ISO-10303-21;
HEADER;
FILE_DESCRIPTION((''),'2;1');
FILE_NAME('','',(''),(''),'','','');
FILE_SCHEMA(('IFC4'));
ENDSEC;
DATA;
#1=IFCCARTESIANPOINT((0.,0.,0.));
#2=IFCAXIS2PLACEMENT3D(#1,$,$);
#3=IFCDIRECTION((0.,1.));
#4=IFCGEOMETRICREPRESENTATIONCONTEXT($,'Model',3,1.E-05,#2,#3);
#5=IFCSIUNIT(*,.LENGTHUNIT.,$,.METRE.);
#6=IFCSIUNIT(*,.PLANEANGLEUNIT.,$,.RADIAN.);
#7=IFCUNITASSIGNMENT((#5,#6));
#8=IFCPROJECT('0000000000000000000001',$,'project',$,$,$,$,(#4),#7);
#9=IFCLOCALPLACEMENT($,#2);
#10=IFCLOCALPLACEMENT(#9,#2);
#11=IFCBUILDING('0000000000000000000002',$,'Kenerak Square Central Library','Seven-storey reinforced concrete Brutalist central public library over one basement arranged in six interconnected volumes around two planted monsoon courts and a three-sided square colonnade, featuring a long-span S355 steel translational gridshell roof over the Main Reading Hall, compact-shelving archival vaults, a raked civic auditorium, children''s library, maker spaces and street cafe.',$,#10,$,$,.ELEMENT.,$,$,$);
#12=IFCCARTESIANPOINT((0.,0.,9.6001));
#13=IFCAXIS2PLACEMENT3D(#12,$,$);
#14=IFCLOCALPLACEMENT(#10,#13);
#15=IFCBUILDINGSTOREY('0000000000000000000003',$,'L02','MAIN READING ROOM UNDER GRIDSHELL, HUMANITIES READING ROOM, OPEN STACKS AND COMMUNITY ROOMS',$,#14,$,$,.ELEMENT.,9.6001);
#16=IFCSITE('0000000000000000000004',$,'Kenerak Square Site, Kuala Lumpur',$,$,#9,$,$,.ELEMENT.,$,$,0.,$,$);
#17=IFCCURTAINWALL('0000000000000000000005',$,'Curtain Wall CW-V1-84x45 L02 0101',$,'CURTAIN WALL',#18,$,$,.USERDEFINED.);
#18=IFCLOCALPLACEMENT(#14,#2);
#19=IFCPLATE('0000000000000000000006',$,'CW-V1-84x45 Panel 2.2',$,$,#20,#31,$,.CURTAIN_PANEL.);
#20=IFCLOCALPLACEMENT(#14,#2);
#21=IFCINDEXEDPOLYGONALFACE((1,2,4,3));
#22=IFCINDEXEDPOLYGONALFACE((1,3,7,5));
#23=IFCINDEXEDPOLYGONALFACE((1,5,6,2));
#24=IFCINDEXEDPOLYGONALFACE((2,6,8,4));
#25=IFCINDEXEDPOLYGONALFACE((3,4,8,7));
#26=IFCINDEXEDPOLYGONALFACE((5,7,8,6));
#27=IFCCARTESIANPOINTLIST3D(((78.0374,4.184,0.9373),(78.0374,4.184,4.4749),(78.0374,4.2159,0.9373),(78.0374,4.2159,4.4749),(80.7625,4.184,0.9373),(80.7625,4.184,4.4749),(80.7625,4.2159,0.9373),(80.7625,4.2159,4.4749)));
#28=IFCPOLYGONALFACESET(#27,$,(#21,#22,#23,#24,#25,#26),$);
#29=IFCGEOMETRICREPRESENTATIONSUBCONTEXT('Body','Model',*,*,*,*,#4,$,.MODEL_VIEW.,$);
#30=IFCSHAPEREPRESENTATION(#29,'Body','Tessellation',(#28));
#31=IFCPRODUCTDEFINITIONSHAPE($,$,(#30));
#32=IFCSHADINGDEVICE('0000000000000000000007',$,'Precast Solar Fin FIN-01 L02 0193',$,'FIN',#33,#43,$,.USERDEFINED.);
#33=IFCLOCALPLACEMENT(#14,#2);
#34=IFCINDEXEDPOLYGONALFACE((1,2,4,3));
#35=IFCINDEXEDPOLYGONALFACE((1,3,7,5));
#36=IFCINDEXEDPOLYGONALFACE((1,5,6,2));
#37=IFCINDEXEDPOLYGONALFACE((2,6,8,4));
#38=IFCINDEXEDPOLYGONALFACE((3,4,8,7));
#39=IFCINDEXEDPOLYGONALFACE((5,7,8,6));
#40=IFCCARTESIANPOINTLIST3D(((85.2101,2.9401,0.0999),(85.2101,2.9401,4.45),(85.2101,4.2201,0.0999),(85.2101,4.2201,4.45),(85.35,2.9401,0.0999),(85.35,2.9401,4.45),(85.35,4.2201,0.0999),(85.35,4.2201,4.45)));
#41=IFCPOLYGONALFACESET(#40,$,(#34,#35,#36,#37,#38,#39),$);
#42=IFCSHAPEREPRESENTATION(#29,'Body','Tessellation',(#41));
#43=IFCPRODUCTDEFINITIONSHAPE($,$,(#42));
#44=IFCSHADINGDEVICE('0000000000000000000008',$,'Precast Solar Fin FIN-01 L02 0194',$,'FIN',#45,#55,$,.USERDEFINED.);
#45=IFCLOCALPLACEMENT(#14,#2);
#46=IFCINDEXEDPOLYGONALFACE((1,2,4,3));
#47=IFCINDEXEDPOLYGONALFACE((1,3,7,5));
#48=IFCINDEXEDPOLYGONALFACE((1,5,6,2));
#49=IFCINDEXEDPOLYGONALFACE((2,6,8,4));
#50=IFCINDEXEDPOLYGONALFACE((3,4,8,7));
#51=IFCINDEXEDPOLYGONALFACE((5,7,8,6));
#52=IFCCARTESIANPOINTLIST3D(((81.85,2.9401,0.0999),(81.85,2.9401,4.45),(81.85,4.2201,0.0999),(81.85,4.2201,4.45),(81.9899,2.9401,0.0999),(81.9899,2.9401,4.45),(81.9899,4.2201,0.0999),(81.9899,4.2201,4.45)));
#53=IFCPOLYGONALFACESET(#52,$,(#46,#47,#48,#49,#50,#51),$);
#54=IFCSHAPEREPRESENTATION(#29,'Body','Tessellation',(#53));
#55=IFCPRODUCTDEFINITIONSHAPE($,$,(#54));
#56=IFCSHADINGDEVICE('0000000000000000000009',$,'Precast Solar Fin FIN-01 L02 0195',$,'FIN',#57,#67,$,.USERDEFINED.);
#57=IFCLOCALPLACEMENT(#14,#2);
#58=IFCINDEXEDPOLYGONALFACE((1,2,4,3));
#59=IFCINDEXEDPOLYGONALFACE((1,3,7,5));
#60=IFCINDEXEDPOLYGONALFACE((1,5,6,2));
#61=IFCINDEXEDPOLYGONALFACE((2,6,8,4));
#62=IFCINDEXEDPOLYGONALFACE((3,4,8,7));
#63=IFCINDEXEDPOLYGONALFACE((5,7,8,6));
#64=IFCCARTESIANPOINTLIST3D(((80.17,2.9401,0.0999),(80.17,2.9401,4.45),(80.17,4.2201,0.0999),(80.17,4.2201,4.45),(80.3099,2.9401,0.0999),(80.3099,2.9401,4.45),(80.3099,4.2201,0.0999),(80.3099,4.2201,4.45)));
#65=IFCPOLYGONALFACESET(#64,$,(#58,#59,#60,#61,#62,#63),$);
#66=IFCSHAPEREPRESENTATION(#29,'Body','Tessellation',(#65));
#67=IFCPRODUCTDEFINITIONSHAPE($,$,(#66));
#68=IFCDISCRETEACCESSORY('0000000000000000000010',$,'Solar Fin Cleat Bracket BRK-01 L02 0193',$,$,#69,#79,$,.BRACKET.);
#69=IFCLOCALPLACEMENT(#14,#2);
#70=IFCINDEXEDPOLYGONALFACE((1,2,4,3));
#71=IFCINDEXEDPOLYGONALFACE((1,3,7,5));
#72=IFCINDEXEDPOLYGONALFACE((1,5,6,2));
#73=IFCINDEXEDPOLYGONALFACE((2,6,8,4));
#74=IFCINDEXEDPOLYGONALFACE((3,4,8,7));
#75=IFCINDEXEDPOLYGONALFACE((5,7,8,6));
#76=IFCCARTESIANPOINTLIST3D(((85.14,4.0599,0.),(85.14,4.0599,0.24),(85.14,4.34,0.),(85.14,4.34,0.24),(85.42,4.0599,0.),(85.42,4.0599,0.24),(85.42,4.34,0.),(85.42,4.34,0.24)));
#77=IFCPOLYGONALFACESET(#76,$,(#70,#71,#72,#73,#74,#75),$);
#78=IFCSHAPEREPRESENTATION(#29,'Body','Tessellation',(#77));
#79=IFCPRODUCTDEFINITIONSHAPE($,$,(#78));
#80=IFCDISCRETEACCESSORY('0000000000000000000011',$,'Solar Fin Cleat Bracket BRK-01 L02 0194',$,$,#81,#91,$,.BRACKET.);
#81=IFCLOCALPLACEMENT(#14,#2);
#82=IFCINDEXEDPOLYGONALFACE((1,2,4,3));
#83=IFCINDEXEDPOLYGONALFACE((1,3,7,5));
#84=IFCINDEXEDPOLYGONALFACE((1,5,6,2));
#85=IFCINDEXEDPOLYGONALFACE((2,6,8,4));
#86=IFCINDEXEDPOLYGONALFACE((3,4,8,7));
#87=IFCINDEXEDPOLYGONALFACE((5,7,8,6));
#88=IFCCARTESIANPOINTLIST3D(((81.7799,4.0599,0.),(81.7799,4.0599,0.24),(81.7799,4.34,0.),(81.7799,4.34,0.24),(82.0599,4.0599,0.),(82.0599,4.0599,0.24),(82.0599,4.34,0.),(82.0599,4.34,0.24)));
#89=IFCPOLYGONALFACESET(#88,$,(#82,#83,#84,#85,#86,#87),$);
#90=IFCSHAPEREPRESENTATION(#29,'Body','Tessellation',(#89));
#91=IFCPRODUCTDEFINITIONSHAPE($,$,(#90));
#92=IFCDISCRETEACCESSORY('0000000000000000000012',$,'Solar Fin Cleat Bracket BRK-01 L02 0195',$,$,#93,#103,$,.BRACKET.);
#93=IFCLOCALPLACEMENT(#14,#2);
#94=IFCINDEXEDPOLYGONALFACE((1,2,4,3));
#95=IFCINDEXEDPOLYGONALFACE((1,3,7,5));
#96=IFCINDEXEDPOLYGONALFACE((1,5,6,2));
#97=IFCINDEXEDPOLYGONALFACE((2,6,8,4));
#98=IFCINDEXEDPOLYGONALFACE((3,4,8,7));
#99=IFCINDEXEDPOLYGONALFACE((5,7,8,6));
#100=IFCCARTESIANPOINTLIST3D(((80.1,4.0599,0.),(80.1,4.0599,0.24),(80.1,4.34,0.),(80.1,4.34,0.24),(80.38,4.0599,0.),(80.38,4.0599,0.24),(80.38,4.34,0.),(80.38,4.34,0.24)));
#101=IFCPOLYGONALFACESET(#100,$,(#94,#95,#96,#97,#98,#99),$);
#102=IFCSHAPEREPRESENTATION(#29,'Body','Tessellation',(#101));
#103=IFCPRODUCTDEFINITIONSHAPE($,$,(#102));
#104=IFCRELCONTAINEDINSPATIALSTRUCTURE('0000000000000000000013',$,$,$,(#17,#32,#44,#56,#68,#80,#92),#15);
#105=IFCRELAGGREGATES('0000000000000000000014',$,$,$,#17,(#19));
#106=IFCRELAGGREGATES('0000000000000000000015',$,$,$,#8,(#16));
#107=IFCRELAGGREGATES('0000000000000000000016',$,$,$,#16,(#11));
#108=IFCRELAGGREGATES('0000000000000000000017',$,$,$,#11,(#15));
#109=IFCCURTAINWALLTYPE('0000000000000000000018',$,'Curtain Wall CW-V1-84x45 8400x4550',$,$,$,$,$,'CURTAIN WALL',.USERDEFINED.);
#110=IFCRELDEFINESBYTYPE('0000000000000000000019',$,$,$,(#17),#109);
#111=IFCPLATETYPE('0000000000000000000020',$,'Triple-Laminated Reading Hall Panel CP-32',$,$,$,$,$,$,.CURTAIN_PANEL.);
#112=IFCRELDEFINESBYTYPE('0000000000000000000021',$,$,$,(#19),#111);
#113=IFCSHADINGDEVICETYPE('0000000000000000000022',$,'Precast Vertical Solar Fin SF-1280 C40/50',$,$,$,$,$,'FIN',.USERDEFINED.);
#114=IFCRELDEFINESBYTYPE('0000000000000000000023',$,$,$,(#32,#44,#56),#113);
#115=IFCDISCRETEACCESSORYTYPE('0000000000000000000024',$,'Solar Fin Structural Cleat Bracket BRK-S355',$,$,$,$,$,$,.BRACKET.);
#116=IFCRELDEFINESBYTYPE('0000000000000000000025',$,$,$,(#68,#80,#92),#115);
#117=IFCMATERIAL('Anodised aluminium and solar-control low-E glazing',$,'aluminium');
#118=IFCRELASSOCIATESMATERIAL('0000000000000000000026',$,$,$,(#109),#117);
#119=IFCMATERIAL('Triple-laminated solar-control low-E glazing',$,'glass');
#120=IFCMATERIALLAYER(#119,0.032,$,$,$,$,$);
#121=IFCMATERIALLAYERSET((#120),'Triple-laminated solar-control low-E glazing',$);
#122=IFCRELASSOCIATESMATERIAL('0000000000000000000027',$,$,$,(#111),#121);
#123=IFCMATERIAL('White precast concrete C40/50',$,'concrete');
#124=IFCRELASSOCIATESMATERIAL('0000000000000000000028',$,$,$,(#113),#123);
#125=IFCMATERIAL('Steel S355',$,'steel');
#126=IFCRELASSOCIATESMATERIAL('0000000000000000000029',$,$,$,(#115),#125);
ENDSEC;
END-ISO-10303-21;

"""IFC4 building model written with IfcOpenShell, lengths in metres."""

from ifc_helpers import new_model, si_unit, direction, frame, origin, origin_2d, place, context, subcontext, project, spatial, rectangle, extrude, material, layer, layer_set, type_object, element, aggregate, save


model = new_model("IFC4")

# Units and contexts
model_context = context("Model", 3, precision=1e-05, world=origin(), true_north=direction((0.0, 1.0)))
body_context = subcontext(model_context, "Body", "Model", "MODEL_VIEW")
ifc_project = project(units=[si_unit("LENGTHUNIT", "METRE"), si_unit("PLANEANGLEUNIT", "RADIAN")], contexts=[model_context])

# Site, building, storey
site_placement = place(None, origin())
site = spatial("IfcSite", under=ifc_project, at=site_placement, Name="Kenerak Square Site, Kuala Lumpur", CompositionType="ELEMENT", RefElevation=0.0)
building_placement = place(site_placement, origin())
building = spatial("IfcBuilding", under=site, at=building_placement, Name="Kenerak Square Central Library", Description="Seven-storey reinforced concrete Brutalist central public library over one basement arranged in six interconnected volumes around two planted monsoon courts and a three-sided square colonnade, featuring a long-span S355 steel translational gridshell roof over the Main Reading Hall, compact-shelving archival vaults, a raked civic auditorium, children's library, maker spaces and street cafe.", CompositionType="ELEMENT")
storey_placement = place(building_placement, frame((0.0, 0.0, 9.6001)))
storey = spatial("IfcBuildingStorey", under=building, at=storey_placement, Name="L02", Description="MAIN READING ROOM UNDER GRIDSHELL, HUMANITIES READING ROOM, OPEN STACKS AND COMMUNITY ROOMS", CompositionType="ELEMENT", Elevation=9.6001)

# Shared definitions
ifc_material_1 = material(Name="Anodised aluminium and solar-control low-E glazing", Category="aluminium")
curtain_wall_type = type_object("IfcCurtainWallType", Name="Curtain Wall CW-V1-84x45 8400x4550", ElementType="CURTAIN WALL", PredefinedType="USERDEFINED", material=ifc_material_1)

# Curtain wall
curtain_wall_1_placement = place(storey_placement, origin())
curtain_wall_1 = element("IfcCurtainWall", 1, at=curtain_wall_1_placement, inside=storey, type_object=curtain_wall_type, Name="Curtain Wall CW-V1-84x45 L02 0101", ObjectType="CURTAIN WALL", PredefinedType="USERDEFINED")

# Shared definitions
ifc_material_2 = material(Name="Steel S355", Category="steel")

# Plate
ifc_material_3 = material(Name="Triple-laminated solar-control low-E glazing", Category="glass")
ifc_layer_1 = layer(ifc_material_3, 0.032)
ifc_layer_set_1 = layer_set([ifc_layer_1], Name="Triple-laminated solar-control low-E glazing")
plate_type_1 = type_object("IfcPlateType", Name="Triple-Laminated Reading Hall Panel CP-32", PredefinedType="CURTAIN_PANEL", material=ifc_layer_set_1)
plate_1_placement = place(storey_placement, frame((79.3999, 4.2, 0.9373), z_axis=(0.0, 0.0, 1.0), x_axis=(-1.0, 0.0, 0.0)))
plate_1 = element("IfcPlate", 2, at=plate_1_placement, type_object=plate_type_1, Name="CW-V1-84x45 Panel 2.2", PredefinedType="CURTAIN_PANEL", context=body_context, shape_type="SweptSolid", body=[
    extrude(rectangle(XDim=2.7251, YDim=0.032, at=origin_2d()), origin(), (0.0, 0.0, 1.0), 3.5376),
])
aggregate(curtain_wall_1, [plate_1])

# Shading devices
ifc_material_4 = material(Name="White precast concrete C40/50", Category="concrete")
shading_device_type = type_object("IfcShadingDeviceType", Name="Precast Vertical Solar Fin SF-1280 C40/50", ElementType="FIN", PredefinedType="USERDEFINED", material=ifc_material_4)
for number, where, z_axis, x_axis, name in (
    (3, (85.28, 3.5801, 0.0999), (0.0, 0.0, 1.0), (-1.0, 0.0, 0.0), "Precast Solar Fin FIN-01 L02 0193"),
    (4, (81.9199, 3.5801, 0.0999), (0.0, 0.0, 1.0), (-1.0, 0.0, 0.0), "Precast Solar Fin FIN-01 L02 0194"),
    (5, (80.24, 3.5801, 0.0999), (0.0, 0.0, 1.0), (-1.0, 0.0, 0.0), "Precast Solar Fin FIN-01 L02 0195"),
):
    element("IfcShadingDevice", number, at=place(storey_placement, frame(where, z_axis=z_axis, x_axis=x_axis)), inside=storey, type_object=shading_device_type, Name=name, ObjectType="FIN", PredefinedType="USERDEFINED", context=body_context, shape_type="SweptSolid", body=[
        extrude(rectangle(XDim=0.1399, YDim=1.28, at=origin_2d()), origin(), (0.0, 0.0, 1.0), 4.3501),
    ])

# Discrete accessories
discrete_accessory_type = type_object("IfcDiscreteAccessoryType", Name="Solar Fin Structural Cleat Bracket BRK-S355", PredefinedType="BRACKET", material=ifc_material_2)
for number, where, z_axis, x_axis, name in (
    (6, (85.28, 4.2, 0.0), (0.0, 0.0, 1.0), (-1.0, 0.0, 0.0), "Solar Fin Cleat Bracket BRK-01 L02 0193"),
    (7, (81.9199, 4.2, 0.0), (0.0, 0.0, 1.0), (-1.0, 0.0, 0.0), "Solar Fin Cleat Bracket BRK-01 L02 0194"),
    (8, (80.24, 4.2, 0.0), (0.0, 0.0, 1.0), (-1.0, 0.0, 0.0), "Solar Fin Cleat Bracket BRK-01 L02 0195"),
):
    element("IfcDiscreteAccessory", number, at=place(storey_placement, frame(where, z_axis=z_axis, x_axis=x_axis)), inside=storey, type_object=discrete_accessory_type, Name=name, PredefinedType="BRACKET", context=body_context, shape_type="SweptSolid", body=[
        extrude(rectangle(XDim=0.28, YDim=0.28, at=origin_2d()), origin(), (0.0, 0.0, 1.0), 0.24),
    ])

save(model, "model.ifc")
